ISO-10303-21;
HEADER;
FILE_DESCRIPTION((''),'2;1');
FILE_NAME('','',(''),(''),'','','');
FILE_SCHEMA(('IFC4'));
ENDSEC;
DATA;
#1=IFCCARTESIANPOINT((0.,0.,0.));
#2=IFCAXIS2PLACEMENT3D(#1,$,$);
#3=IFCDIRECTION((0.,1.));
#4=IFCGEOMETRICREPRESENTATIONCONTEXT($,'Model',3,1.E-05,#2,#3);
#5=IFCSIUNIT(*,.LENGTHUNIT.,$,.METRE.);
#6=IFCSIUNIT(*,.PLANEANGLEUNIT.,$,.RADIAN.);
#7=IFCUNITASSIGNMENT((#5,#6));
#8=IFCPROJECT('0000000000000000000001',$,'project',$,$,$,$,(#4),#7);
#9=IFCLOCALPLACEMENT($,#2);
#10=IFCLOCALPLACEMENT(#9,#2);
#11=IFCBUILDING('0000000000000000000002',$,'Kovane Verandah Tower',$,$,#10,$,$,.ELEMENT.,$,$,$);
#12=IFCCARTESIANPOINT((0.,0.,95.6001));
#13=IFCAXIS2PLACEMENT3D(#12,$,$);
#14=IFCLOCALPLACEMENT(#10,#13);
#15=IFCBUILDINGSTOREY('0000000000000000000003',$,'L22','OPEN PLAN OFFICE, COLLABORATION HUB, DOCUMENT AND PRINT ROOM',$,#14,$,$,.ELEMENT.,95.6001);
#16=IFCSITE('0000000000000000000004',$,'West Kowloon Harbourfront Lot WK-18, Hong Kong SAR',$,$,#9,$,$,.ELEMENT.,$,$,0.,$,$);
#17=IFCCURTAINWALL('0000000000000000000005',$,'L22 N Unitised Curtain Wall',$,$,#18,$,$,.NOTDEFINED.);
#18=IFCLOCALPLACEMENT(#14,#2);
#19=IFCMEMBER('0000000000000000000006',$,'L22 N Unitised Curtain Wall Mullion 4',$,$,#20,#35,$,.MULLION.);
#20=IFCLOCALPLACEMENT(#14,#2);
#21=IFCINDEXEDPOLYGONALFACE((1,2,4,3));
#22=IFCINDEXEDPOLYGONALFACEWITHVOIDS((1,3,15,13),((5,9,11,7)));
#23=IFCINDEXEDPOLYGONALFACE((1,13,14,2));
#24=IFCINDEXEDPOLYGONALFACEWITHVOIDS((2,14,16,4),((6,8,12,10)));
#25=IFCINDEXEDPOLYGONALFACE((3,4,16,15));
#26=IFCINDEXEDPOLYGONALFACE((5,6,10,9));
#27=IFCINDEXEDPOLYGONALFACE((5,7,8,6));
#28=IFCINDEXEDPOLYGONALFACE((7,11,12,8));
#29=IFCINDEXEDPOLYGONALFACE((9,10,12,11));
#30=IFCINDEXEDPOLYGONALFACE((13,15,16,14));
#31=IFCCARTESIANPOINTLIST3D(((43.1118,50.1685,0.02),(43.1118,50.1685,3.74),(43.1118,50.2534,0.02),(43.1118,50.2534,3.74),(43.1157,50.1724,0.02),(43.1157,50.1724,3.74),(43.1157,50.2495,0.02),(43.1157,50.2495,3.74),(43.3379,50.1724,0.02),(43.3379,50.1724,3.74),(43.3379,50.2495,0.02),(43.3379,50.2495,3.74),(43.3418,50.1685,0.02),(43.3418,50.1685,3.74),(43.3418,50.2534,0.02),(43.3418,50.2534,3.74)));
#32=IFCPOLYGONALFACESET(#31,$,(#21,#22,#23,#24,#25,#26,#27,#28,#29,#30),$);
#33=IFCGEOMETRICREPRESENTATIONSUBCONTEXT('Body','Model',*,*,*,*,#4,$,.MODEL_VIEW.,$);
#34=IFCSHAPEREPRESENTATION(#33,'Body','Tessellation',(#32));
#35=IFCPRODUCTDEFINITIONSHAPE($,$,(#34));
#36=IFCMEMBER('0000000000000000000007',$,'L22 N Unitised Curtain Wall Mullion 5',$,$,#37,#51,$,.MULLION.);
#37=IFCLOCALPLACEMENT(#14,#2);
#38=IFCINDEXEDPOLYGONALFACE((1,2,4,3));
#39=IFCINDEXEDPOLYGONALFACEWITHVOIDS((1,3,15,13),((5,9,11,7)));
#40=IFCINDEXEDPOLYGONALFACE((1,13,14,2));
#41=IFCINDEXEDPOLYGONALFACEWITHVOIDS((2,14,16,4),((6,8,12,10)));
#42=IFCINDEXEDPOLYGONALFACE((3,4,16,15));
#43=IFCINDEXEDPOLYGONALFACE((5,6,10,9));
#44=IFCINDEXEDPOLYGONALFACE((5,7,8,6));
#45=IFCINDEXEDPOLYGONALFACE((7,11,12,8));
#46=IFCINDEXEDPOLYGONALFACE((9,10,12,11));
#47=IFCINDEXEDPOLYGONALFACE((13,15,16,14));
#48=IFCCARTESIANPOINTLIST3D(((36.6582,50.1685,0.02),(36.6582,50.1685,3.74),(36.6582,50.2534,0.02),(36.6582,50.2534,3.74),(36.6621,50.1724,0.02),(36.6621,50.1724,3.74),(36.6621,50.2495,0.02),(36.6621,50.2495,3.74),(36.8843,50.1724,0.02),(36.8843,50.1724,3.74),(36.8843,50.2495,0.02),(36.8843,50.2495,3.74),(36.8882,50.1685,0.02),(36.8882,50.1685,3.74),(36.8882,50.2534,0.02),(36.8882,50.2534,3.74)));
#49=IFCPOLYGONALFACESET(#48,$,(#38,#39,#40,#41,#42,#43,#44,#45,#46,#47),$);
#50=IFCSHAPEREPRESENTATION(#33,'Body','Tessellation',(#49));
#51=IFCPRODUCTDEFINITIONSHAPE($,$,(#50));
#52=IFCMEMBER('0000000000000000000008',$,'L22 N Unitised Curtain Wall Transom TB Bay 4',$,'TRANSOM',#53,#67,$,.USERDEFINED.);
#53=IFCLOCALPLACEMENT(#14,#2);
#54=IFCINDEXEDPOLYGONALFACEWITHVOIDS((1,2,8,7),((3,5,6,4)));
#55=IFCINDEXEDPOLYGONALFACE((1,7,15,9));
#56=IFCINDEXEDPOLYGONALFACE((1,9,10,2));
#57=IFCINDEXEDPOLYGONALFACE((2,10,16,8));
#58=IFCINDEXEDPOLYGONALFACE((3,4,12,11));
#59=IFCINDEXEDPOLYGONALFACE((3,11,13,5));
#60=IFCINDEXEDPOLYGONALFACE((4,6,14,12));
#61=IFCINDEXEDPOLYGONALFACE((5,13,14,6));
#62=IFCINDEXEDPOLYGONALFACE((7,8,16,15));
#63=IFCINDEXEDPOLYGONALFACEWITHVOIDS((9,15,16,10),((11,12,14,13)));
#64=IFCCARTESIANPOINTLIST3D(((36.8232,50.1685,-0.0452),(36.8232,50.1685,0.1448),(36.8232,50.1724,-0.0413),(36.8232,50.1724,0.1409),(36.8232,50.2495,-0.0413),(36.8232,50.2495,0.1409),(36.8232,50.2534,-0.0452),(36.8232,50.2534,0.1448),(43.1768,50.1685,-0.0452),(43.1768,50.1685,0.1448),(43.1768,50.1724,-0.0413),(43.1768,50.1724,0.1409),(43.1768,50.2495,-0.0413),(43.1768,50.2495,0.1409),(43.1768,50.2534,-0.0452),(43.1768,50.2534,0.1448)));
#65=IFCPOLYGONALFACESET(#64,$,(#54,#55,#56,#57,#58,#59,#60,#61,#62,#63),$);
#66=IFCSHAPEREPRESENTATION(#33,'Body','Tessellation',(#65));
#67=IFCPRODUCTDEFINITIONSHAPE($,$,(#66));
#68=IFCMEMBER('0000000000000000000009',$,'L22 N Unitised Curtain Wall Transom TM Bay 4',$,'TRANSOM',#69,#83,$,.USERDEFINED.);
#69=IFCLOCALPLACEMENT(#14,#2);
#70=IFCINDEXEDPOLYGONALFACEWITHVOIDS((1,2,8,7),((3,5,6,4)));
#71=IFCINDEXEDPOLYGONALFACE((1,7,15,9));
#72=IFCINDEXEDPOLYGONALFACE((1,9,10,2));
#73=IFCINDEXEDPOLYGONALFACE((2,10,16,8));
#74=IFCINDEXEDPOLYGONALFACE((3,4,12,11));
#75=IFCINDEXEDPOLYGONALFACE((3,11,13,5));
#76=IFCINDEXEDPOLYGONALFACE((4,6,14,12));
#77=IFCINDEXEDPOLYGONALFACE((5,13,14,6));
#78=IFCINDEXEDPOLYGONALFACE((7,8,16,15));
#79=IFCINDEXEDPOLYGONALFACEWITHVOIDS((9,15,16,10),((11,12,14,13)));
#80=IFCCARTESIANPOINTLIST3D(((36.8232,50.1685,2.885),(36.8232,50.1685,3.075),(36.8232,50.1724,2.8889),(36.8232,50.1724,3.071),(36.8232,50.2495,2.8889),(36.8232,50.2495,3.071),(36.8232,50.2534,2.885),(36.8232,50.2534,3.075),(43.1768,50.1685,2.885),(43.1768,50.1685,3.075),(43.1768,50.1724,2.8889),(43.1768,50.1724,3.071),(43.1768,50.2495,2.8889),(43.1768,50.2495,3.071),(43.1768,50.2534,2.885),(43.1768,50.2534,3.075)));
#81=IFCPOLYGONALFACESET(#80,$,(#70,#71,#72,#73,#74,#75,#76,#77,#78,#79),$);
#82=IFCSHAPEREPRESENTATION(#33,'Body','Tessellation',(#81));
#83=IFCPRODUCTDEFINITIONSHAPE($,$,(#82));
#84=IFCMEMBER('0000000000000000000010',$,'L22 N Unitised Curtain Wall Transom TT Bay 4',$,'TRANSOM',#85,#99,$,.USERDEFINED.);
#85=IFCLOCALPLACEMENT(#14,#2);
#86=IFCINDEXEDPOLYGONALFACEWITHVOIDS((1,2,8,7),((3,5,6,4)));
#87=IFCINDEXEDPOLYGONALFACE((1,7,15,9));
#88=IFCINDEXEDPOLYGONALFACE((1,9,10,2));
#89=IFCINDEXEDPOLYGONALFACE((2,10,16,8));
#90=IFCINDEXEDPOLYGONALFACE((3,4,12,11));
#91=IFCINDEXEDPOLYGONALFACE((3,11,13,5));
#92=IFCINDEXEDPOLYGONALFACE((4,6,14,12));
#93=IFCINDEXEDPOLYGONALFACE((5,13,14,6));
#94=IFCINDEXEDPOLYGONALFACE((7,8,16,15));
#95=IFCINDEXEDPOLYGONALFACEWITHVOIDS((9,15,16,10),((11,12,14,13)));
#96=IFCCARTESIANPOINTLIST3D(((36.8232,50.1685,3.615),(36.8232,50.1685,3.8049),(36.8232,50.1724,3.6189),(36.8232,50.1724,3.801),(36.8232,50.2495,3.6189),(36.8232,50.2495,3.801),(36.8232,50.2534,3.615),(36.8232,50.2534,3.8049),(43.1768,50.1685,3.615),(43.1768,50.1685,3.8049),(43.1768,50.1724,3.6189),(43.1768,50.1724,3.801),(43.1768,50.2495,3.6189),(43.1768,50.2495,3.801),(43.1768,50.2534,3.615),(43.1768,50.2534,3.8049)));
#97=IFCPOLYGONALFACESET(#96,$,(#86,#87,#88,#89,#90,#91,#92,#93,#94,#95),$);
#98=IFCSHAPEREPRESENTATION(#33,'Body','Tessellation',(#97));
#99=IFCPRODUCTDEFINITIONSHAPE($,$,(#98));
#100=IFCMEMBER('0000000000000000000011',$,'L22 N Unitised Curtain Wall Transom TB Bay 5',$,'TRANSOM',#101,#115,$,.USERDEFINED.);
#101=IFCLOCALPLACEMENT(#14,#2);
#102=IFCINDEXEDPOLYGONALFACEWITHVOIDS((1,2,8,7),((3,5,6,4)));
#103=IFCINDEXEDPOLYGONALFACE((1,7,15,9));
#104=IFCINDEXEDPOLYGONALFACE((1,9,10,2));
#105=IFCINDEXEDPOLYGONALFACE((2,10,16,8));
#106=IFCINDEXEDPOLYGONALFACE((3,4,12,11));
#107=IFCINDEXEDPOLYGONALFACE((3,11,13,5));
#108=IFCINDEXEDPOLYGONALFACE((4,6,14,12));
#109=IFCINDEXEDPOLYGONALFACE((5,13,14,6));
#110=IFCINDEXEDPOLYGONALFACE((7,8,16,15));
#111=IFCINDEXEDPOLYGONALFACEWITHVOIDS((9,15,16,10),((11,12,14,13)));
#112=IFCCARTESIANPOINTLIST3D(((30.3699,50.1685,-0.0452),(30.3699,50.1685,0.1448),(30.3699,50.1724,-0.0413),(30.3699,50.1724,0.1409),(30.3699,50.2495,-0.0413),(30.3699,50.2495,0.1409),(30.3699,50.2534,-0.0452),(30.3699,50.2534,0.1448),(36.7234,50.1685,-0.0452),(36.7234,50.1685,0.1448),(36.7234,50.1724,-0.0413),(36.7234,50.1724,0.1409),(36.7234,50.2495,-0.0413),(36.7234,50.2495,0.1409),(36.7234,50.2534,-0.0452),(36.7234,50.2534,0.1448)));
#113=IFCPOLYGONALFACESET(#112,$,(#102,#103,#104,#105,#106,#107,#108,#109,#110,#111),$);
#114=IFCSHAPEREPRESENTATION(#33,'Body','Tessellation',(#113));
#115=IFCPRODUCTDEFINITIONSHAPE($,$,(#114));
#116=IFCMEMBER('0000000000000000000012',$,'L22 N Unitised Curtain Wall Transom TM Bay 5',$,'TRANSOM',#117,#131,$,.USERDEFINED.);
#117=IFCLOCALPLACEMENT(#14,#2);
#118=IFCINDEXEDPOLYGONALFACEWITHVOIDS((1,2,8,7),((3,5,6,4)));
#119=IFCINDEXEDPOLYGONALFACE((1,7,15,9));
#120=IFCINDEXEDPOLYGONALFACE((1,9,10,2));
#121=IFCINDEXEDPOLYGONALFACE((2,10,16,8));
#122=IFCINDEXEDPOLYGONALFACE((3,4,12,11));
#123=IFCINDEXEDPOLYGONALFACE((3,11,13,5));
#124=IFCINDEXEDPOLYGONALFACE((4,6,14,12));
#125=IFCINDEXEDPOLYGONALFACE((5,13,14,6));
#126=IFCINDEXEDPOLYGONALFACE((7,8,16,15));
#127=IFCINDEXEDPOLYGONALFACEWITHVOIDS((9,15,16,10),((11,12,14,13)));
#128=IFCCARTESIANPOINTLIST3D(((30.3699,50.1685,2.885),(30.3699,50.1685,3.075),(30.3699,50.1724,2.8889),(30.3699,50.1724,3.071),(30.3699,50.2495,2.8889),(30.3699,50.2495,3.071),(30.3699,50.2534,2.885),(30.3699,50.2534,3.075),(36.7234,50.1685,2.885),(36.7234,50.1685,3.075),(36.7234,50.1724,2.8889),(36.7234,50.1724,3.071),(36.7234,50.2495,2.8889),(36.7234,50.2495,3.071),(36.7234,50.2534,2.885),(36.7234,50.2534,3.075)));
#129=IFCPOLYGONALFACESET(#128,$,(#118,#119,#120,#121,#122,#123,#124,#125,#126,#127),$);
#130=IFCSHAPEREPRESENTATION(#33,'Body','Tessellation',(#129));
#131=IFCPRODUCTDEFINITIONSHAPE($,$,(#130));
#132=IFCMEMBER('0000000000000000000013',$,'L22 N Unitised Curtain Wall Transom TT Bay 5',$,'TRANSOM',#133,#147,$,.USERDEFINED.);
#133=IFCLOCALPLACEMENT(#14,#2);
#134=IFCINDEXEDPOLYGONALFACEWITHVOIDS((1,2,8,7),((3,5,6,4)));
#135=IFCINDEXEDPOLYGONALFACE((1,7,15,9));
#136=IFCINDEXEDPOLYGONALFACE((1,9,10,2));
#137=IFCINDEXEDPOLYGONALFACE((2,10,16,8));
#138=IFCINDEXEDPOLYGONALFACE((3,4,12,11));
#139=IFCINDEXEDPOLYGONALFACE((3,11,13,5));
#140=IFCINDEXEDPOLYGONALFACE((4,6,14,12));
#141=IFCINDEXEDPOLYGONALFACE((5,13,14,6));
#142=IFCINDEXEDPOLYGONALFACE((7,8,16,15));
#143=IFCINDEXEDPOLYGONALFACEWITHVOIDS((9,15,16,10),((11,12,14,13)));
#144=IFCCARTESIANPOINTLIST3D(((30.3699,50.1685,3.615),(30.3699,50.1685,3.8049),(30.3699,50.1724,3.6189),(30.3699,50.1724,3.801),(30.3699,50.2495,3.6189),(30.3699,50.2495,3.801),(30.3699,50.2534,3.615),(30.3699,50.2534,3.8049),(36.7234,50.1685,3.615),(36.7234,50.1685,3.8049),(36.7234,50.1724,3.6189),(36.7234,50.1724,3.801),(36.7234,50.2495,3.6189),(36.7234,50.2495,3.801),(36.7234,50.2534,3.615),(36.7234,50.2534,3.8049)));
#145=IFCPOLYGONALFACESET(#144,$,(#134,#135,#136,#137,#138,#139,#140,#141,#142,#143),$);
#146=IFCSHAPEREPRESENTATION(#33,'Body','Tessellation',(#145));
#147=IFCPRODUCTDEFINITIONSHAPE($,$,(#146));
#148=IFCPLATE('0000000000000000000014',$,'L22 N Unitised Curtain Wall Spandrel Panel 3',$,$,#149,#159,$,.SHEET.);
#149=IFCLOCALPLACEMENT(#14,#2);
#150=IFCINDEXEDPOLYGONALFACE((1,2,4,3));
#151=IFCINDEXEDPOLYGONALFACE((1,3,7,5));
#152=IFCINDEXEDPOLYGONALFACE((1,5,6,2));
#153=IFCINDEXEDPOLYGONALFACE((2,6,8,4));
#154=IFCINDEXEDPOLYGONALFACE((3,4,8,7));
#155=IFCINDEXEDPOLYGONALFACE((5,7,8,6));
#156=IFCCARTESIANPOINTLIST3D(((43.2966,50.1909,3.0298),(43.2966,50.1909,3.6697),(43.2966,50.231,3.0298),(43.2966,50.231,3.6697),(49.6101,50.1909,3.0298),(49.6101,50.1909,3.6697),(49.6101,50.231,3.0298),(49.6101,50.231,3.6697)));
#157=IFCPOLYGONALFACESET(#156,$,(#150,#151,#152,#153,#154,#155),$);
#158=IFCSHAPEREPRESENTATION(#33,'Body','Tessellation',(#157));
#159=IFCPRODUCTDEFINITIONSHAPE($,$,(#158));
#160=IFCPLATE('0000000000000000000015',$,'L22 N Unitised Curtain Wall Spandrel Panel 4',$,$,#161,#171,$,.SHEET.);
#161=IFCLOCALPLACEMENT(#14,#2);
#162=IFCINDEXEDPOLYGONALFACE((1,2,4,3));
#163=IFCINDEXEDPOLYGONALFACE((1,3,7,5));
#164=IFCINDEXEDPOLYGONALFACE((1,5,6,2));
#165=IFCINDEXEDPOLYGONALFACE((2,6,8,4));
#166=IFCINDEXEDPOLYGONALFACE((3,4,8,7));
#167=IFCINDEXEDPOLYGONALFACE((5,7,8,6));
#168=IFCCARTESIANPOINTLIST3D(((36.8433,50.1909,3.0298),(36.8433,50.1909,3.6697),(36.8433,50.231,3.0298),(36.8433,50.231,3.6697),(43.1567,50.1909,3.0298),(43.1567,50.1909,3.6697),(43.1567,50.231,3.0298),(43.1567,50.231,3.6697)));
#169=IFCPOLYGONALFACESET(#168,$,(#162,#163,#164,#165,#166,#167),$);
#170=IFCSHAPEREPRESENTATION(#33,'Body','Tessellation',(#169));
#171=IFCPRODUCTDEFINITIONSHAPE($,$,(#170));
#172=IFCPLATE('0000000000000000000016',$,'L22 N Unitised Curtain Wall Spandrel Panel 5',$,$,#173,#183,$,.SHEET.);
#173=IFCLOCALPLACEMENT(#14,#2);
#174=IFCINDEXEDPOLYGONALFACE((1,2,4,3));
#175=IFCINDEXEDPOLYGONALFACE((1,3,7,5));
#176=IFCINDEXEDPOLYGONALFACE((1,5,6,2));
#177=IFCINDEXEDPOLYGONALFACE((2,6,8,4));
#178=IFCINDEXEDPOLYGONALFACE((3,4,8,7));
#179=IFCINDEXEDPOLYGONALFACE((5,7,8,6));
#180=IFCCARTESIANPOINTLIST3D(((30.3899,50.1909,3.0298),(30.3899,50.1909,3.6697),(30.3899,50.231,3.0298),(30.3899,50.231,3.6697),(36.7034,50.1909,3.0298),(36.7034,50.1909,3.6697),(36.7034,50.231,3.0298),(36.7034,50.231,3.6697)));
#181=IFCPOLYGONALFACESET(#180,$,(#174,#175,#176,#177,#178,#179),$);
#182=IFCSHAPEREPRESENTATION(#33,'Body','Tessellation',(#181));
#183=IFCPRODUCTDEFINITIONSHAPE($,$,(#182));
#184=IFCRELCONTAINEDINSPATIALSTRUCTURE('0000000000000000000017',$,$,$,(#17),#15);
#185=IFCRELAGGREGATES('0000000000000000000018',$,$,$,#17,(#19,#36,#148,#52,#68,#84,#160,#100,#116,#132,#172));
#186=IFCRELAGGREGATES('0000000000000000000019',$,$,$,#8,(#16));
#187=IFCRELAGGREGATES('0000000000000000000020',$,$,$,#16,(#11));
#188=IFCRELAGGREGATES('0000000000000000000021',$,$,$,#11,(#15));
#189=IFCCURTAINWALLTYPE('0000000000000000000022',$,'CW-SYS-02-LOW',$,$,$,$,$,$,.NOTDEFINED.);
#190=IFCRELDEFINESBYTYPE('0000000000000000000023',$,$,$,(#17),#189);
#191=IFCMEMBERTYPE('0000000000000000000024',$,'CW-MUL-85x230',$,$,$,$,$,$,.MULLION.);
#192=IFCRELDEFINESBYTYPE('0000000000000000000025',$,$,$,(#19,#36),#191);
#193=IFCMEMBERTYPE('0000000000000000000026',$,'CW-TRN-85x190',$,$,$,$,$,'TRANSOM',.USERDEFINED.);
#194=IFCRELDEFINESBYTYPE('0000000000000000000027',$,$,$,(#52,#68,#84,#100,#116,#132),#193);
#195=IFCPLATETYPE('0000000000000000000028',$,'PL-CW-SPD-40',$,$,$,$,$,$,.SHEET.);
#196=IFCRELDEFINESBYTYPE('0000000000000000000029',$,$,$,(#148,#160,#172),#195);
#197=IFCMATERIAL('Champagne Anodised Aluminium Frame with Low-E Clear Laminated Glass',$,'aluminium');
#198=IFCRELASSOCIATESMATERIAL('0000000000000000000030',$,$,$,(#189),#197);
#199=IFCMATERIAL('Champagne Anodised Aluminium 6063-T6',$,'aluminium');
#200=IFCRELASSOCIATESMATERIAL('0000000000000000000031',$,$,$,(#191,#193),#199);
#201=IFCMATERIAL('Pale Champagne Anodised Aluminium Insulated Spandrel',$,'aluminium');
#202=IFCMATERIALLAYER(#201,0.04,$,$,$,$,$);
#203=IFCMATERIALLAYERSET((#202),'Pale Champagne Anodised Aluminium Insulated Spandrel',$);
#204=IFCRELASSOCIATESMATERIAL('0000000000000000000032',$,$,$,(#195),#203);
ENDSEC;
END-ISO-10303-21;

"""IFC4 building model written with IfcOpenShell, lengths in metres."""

from ifc_helpers import new_model, si_unit, direction, frame, origin, origin_2d, place, context, subcontext, project, spatial, rectangle, hollow_rectangle, extrude, material, layer, layer_set, material_profile, profile_set, type_object, element, aggregate, save


model = new_model("IFC4")

# Units and contexts
model_context = context("Model", 3, precision=1e-05, world=origin(), true_north=direction((0.0, 1.0)))
body_context = subcontext(model_context, "Body", "Model", "MODEL_VIEW")
ifc_project = project(units=[si_unit("LENGTHUNIT", "METRE"), si_unit("PLANEANGLEUNIT", "RADIAN")], contexts=[model_context])

# Site, building, storey
site_placement = place(None, origin())
site = spatial("IfcSite", under=ifc_project, at=site_placement, Name="West Kowloon Harbourfront Lot WK-18, Hong Kong SAR", CompositionType="ELEMENT", RefElevation=0.0)
building_placement = place(site_placement, origin())
building = spatial("IfcBuilding", under=site, at=building_placement, Name="Kovane Verandah Tower", CompositionType="ELEMENT")
storey_placement = place(building_placement, frame((0.0, 0.0, 95.6001)))
storey = spatial("IfcBuildingStorey", under=building, at=storey_placement, Name="L22", Description="OPEN PLAN OFFICE, COLLABORATION HUB, DOCUMENT AND PRINT ROOM", CompositionType="ELEMENT", Elevation=95.6001)

# Curtain wall, members, plates
ifc_material_1 = material(Name="Champagne Anodised Aluminium Frame with Low-E Clear Laminated Glass", Category="aluminium")
curtain_wall_type = type_object("IfcCurtainWallType", Name="CW-SYS-02-LOW", PredefinedType="NOTDEFINED", material=ifc_material_1)
curtain_wall_placement = place(storey_placement, origin())
curtain_wall = element("IfcCurtainWall", 1, at=curtain_wall_placement, inside=storey, type_object=curtain_wall_type, Name="L22 N Unitised Curtain Wall", PredefinedType="NOTDEFINED")
ifc_material_2 = material(Name="Champagne Anodised Aluminium 6063-T6", Category="aluminium")
ifc_material_profile_1 = material_profile(ifc_material_2, hollow_rectangle(XDim=0.085, YDim=0.23, WallThickness=0.0039, at=origin_2d()), Name="AL85x230x4")
ifc_profile_set_1 = profile_set([ifc_material_profile_1], Name="Champagne Anodised Aluminium 6063-T6")
member_type_1 = type_object("IfcMemberType", Name="CW-MUL-85x230", PredefinedType="MULLION", material=ifc_profile_set_1)
member_1_placement = place(storey_placement, frame((43.2268, 50.2109, 0.02), z_axis=(0.0, 0.0, 1.0), x_axis=(0.0, 1.0, 0.0)))
member_1 = element("IfcMember", 2, at=member_1_placement, type_object=member_type_1, Name="L22 N Unitised Curtain Wall Mullion 4", PredefinedType="MULLION", context=body_context, shape_type="SweptSolid", body=[
    extrude(hollow_rectangle(XDim=0.085, YDim=0.23, WallThickness=0.0039, at=origin_2d()), origin(), (0.0, 0.0, 1.0), 3.72),
])
member_2_placement = place(storey_placement, frame((36.7732, 50.2109, 0.02), z_axis=(0.0, 0.0, 1.0), x_axis=(0.0, 1.0, 0.0)))
member_2 = element("IfcMember", 3, at=member_2_placement, type_object=member_type_1, Name="L22 N Unitised Curtain Wall Mullion 5", PredefinedType="MULLION", context=body_context, shape_type="SweptSolid", body=[
    extrude(hollow_rectangle(XDim=0.085, YDim=0.23, WallThickness=0.0039, at=origin_2d()), origin(), (0.0, 0.0, 1.0), 3.72),
])
ifc_material_profile_2 = material_profile(ifc_material_2, hollow_rectangle(XDim=0.085, YDim=0.1899, WallThickness=0.0039, at=origin_2d()), Name="AL85x190x4")
ifc_profile_set_2 = profile_set([ifc_material_profile_2], Name="Champagne Anodised Aluminium 6063-T6")
member_type_2 = type_object("IfcMemberType", Name="CW-TRN-85x190", ElementType="TRANSOM", PredefinedType="USERDEFINED", material=ifc_profile_set_2)
member_3_placement = place(storey_placement, frame((43.1768, 50.2109, 0.0498), z_axis=(-1.0, 0.0, 0.0), x_axis=(0.0, -1.0, 0.0)))
member_3 = element("IfcMember", 4, at=member_3_placement, type_object=member_type_2, Name="L22 N Unitised Curtain Wall Transom TB Bay 4", ObjectType="TRANSOM", PredefinedType="USERDEFINED", context=body_context, shape_type="SweptSolid", body=[
    extrude(hollow_rectangle(XDim=0.085, YDim=0.1899, WallThickness=0.0039, at=origin_2d()), origin(), (0.0, 0.0, 1.0), 6.3535),
])
member_4_placement = place(storey_placement, frame((43.1768, 50.2109, 2.98), z_axis=(-1.0, 0.0, 0.0), x_axis=(0.0, -1.0, 0.0)))
member_4 = element("IfcMember", 5, at=member_4_placement, type_object=member_type_2, Name="L22 N Unitised Curtain Wall Transom TM Bay 4", ObjectType="TRANSOM", PredefinedType="USERDEFINED", context=body_context, shape_type="SweptSolid", body=[
    extrude(hollow_rectangle(XDim=0.085, YDim=0.1899, WallThickness=0.0039, at=origin_2d()), origin(), (0.0, 0.0, 1.0), 6.3535),
])
member_5_placement = place(storey_placement, frame((43.1768, 50.2109, 3.71), z_axis=(-1.0, 0.0, 0.0), x_axis=(0.0, -1.0, 0.0)))
member_5 = element("IfcMember", 6, at=member_5_placement, type_object=member_type_2, Name="L22 N Unitised Curtain Wall Transom TT Bay 4", ObjectType="TRANSOM", PredefinedType="USERDEFINED", context=body_context, shape_type="SweptSolid", body=[
    extrude(hollow_rectangle(XDim=0.085, YDim=0.1899, WallThickness=0.0039, at=origin_2d()), origin(), (0.0, 0.0, 1.0), 6.3535),
])
member_6_placement = place(storey_placement, frame((36.7234, 50.2109, 0.0498), z_axis=(-1.0, 0.0, 0.0), x_axis=(0.0, -1.0, 0.0)))
member_6 = element("IfcMember", 7, at=member_6_placement, type_object=member_type_2, Name="L22 N Unitised Curtain Wall Transom TB Bay 5", ObjectType="TRANSOM", PredefinedType="USERDEFINED", context=body_context, shape_type="SweptSolid", body=[
    extrude(hollow_rectangle(XDim=0.085, YDim=0.1899, WallThickness=0.0039, at=origin_2d()), origin(), (0.0, 0.0, 1.0), 6.3535),
])
member_7_placement = place(storey_placement, frame((36.7234, 50.2109, 2.98), z_axis=(-1.0, 0.0, 0.0), x_axis=(0.0, -1.0, 0.0)))
member_7 = element("IfcMember", 8, at=member_7_placement, type_object=member_type_2, Name="L22 N Unitised Curtain Wall Transom TM Bay 5", ObjectType="TRANSOM", PredefinedType="USERDEFINED", context=body_context, shape_type="SweptSolid", body=[
    extrude(hollow_rectangle(XDim=0.085, YDim=0.1899, WallThickness=0.0039, at=origin_2d()), origin(), (0.0, 0.0, 1.0), 6.3535),
])
member_8_placement = place(storey_placement, frame((36.7234, 50.2109, 3.71), z_axis=(-1.0, 0.0, 0.0), x_axis=(0.0, -1.0, 0.0)))
member_8 = element("IfcMember", 9, at=member_8_placement, type_object=member_type_2, Name="L22 N Unitised Curtain Wall Transom TT Bay 5", ObjectType="TRANSOM", PredefinedType="USERDEFINED", context=body_context, shape_type="SweptSolid", body=[
    extrude(hollow_rectangle(XDim=0.085, YDim=0.1899, WallThickness=0.0039, at=origin_2d()), origin(), (0.0, 0.0, 1.0), 6.3535),
])
ifc_material_3 = material(Name="Pale Champagne Anodised Aluminium Insulated Spandrel", Category="aluminium")
ifc_layer_1 = layer(ifc_material_3, 0.04)
ifc_layer_set_1 = layer_set([ifc_layer_1], Name="Pale Champagne Anodised Aluminium Insulated Spandrel")
plate_type_1 = type_object("IfcPlateType", Name="PL-CW-SPD-40", PredefinedType="SHEET", material=ifc_layer_set_1)
plate_1_placement = place(storey_placement, frame((46.4534, 50.2109, 3.0298), z_axis=(0.0, 0.0, 1.0), x_axis=(-1.0, 0.0, 0.0)))
plate_1 = element("IfcPlate", 10, at=plate_1_placement, type_object=plate_type_1, Name="L22 N Unitised Curtain Wall Spandrel Panel 3", PredefinedType="SHEET", context=body_context, shape_type="SweptSolid", body=[
    extrude(rectangle(XDim=6.3135, YDim=0.04, at=origin_2d()), origin(), (0.0, 0.0, 1.0), 0.6399),
])
plate_2_placement = place(storey_placement, frame((40.0, 50.2109, 3.0298), z_axis=(0.0, 0.0, 1.0), x_axis=(-1.0, 0.0, 0.0)))
plate_2 = element("IfcPlate", 11, at=plate_2_placement, type_object=plate_type_1, Name="L22 N Unitised Curtain Wall Spandrel Panel 4", PredefinedType="SHEET", context=body_context, shape_type="SweptSolid", body=[
    extrude(rectangle(XDim=6.3135, YDim=0.04, at=origin_2d()), origin(), (0.0, 0.0, 1.0), 0.6399),
])
plate_3_placement = place(storey_placement, frame((33.5466, 50.2109, 3.0298), z_axis=(0.0, 0.0, 1.0), x_axis=(-1.0, 0.0, 0.0)))
plate_3 = element("IfcPlate", 12, at=plate_3_placement, type_object=plate_type_1, Name="L22 N Unitised Curtain Wall Spandrel Panel 5", PredefinedType="SHEET", context=body_context, shape_type="SweptSolid", body=[
    extrude(rectangle(XDim=6.3135, YDim=0.04, at=origin_2d()), origin(), (0.0, 0.0, 1.0), 0.6399),
])
aggregate(curtain_wall, [member_1, member_2, plate_1, member_3, member_4, member_5, plate_2, member_6, member_7, member_8, plate_3])

save(model, "model.ifc")
